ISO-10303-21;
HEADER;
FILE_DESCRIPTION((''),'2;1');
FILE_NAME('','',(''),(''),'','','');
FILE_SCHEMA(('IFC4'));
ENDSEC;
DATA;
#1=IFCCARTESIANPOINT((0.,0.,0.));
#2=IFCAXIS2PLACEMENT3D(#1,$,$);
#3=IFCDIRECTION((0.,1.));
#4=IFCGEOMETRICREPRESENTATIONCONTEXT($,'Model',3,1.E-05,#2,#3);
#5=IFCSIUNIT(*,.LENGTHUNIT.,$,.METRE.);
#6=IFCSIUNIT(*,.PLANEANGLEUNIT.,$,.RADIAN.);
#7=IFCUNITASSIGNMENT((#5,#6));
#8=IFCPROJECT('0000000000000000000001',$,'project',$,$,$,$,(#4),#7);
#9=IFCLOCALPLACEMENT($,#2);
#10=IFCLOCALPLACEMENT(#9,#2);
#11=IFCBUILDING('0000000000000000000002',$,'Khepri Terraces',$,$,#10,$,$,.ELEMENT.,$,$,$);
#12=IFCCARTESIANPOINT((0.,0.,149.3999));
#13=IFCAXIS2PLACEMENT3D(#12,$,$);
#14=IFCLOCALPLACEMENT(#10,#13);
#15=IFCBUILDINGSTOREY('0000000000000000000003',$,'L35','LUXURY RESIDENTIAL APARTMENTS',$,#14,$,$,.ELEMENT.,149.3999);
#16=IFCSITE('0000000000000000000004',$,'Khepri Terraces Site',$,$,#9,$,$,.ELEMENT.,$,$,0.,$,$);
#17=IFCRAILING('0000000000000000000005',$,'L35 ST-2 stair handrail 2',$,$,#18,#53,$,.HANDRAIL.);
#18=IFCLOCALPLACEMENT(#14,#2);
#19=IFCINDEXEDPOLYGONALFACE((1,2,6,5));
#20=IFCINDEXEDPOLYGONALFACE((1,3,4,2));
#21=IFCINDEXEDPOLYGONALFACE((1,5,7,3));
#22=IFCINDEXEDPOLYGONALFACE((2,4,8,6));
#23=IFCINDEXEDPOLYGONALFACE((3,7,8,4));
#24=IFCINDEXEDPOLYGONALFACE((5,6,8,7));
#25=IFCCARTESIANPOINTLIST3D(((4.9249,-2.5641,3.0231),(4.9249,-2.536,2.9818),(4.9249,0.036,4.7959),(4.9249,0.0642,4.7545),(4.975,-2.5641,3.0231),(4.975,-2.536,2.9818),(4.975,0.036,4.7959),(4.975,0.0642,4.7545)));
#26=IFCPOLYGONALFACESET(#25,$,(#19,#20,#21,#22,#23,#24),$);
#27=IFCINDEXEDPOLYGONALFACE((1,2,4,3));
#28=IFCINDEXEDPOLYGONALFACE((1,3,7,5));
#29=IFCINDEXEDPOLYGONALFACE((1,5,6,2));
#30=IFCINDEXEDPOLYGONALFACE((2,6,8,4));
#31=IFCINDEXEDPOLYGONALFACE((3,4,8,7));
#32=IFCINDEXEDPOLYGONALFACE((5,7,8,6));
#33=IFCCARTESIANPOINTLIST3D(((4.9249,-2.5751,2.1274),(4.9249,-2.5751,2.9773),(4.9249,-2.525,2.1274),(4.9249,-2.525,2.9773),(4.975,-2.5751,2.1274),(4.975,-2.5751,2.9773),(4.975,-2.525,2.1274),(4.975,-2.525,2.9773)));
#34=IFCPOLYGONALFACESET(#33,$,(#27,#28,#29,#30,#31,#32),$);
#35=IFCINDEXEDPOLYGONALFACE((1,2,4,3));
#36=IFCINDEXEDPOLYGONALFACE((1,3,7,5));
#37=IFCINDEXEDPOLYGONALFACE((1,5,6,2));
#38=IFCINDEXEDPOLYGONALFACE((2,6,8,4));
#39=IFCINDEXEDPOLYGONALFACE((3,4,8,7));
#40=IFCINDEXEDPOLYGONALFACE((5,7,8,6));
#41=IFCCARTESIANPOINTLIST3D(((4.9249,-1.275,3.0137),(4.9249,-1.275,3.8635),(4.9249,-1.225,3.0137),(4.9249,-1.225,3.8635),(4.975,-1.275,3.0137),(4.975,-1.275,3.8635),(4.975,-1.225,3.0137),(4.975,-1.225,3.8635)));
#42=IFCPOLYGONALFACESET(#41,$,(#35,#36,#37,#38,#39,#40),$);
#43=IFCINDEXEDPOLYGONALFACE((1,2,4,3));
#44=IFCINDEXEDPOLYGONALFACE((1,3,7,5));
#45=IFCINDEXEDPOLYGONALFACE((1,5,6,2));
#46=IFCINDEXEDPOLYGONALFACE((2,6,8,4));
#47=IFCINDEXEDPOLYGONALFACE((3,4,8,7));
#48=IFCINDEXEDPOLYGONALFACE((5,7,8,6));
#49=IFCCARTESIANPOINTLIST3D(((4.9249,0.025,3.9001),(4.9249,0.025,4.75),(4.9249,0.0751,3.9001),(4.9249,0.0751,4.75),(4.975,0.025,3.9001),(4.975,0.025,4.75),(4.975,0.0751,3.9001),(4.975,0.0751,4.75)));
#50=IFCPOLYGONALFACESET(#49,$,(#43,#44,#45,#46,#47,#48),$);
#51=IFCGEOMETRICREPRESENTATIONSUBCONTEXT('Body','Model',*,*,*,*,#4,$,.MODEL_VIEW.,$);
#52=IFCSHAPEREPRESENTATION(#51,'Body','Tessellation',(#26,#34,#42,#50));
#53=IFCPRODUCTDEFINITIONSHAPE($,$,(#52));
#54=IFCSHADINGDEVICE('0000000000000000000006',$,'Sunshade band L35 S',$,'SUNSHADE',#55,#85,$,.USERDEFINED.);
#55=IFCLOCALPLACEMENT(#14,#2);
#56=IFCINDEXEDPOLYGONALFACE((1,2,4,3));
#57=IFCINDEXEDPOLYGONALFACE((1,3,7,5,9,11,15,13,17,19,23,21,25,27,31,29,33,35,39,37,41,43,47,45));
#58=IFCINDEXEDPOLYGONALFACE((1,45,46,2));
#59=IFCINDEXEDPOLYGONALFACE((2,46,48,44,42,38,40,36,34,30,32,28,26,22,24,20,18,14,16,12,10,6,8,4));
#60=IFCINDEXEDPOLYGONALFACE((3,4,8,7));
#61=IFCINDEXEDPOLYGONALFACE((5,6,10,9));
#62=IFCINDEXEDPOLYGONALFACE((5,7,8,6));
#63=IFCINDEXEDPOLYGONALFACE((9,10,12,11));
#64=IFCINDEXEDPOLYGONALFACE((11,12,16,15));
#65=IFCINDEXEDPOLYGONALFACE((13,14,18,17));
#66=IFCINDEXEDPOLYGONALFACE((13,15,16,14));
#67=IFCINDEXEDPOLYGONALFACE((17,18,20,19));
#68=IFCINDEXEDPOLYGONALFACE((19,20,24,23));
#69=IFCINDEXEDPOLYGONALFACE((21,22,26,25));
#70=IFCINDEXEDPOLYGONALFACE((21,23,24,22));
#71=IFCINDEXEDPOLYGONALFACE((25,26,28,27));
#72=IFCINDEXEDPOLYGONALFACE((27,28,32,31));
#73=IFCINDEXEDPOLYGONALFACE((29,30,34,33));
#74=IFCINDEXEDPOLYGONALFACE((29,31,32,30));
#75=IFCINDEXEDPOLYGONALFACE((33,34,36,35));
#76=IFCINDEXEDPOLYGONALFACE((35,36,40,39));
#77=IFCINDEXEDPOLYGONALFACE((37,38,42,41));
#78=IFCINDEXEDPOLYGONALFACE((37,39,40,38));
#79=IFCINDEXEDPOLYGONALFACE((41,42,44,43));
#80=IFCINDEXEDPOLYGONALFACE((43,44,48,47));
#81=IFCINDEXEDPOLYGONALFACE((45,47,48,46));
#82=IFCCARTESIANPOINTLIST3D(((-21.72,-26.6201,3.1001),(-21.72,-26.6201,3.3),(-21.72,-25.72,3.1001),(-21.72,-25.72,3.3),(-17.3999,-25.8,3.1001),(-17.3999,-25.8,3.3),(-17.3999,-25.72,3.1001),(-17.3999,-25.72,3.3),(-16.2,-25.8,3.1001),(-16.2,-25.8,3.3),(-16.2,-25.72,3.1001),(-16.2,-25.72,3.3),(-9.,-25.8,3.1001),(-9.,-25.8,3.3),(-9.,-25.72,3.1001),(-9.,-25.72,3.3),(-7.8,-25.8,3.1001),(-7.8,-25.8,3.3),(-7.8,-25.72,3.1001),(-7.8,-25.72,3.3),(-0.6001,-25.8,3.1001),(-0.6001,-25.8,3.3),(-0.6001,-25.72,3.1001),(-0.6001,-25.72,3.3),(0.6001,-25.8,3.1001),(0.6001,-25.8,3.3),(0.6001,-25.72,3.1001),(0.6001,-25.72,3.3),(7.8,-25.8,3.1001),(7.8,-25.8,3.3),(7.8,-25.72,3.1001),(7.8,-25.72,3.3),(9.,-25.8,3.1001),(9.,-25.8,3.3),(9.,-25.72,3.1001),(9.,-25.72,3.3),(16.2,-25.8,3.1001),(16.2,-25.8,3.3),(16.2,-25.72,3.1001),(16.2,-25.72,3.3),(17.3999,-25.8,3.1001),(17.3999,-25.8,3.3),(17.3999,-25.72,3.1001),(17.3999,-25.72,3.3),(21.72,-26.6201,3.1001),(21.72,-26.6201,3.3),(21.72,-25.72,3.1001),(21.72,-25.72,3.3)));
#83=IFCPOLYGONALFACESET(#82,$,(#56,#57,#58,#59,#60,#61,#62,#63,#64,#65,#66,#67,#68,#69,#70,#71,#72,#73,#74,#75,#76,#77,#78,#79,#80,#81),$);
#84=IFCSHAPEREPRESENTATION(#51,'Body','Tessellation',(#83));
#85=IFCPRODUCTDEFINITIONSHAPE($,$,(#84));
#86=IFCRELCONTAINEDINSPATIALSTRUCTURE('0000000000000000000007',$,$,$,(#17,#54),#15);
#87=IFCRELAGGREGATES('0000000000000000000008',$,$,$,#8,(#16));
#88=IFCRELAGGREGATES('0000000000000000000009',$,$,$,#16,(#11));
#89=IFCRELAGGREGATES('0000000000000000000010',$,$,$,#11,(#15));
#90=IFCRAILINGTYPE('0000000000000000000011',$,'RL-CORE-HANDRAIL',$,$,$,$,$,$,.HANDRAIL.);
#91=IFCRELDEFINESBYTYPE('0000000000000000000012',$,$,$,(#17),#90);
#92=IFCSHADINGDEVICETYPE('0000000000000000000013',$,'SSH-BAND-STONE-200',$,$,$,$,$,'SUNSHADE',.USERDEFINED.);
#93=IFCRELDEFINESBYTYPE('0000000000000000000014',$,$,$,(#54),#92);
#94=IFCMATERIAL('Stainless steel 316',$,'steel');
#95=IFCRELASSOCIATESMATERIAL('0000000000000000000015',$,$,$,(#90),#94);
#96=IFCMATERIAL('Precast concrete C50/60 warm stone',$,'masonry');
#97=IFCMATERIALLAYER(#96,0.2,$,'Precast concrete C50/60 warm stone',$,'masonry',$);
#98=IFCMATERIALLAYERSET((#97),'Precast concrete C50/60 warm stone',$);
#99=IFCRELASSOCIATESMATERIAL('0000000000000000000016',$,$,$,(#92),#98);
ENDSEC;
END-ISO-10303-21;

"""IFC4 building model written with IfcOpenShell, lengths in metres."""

from ifc_helpers import new_model, si_unit, direction, frame, origin, origin_2d, place, context, subcontext, project, spatial, polyline, rectangle, outline, extrude, material, layer, layer_set, type_object, element, save


model = new_model("IFC4")

# Units and contexts
model_context = context("Model", 3, precision=1e-05, world=origin(), true_north=direction((0.0, 1.0)))
body_context = subcontext(model_context, "Body", "Model", "MODEL_VIEW")
ifc_project = project(units=[si_unit("LENGTHUNIT", "METRE"), si_unit("PLANEANGLEUNIT", "RADIAN")], contexts=[model_context])

# Site, building, storey
site_placement = place(None, origin())
site = spatial("IfcSite", under=ifc_project, at=site_placement, Name="Khepri Terraces Site", CompositionType="ELEMENT", RefElevation=0.0)
building_placement = place(site_placement, origin())
building = spatial("IfcBuilding", under=site, at=building_placement, Name="Khepri Terraces", CompositionType="ELEMENT")
storey_placement = place(building_placement, frame((0.0, 0.0, 149.3999)))
storey = spatial("IfcBuildingStorey", under=building, at=storey_placement, Name="L35", Description="LUXURY RESIDENTIAL APARTMENTS", CompositionType="ELEMENT", Elevation=149.3999)

# Shared definitions
ifc_material_1 = material(Name="Precast concrete C50/60 warm stone", Category="masonry")

# Railing
ifc_material_2 = material(Name="Stainless steel 316", Category="steel")
railing_type_1 = type_object("IfcRailingType", Name="RL-CORE-HANDRAIL", PredefinedType="HANDRAIL", material=ifc_material_2)
railing_1_placement = place(storey_placement, frame((4.95, -2.55, 2.1274)))
element("IfcRailing", 1, at=railing_1_placement, inside=storey, type_object=railing_type_1, Name="L35 ST-2 stair handrail 2", PredefinedType="HANDRAIL", context=body_context, shape_type="SweptSolid", body=[
    extrude(rectangle(XDim=0.05, YDim=0.05, at=origin_2d()), frame((0.0, 0.0, 0.875), z_axis=(0.0, 0.82624, 0.563318), x_axis=(-1.0, 0.0, 0.0)), (0.0, 0.0, 1.0), 3.147),
    extrude(rectangle(XDim=0.05, YDim=0.05, at=origin_2d()), origin(), (0.0, 0.0, 1.0), 0.8499),
    extrude(rectangle(XDim=0.05, YDim=0.05, at=origin_2d()), frame((0.0, 1.3, 0.8862)), (0.0, 0.0, 1.0), 0.8499),
    extrude(rectangle(XDim=0.05, YDim=0.05, at=origin_2d()), frame((0.0, 2.6001, 1.7727)), (0.0, 0.0, 1.0), 0.8499),
])

# Shading device
ifc_layer_1 = layer(ifc_material_1, 0.2, Name="Precast concrete C50/60 warm stone", Category="masonry")
ifc_layer_set_1 = layer_set([ifc_layer_1], Name="Precast concrete C50/60 warm stone")
shading_device_type = type_object("IfcShadingDeviceType", Name="SSH-BAND-STONE-200", ElementType="SUNSHADE", PredefinedType="USERDEFINED", material=ifc_layer_set_1)
shading_device_placement = place(storey_placement, frame((0.0, 0.0, 3.1001)))
element("IfcShadingDevice", 2, at=shading_device_placement, inside=storey, type_object=shading_device_type, Name="Sunshade band L35 S", ObjectType="SUNSHADE", PredefinedType="USERDEFINED", context=body_context, shape_type="SweptSolid", body=[
    extrude(outline(polyline([(-17.3999, -25.72), (-21.72, -25.72), (-21.72, -26.6201), (21.72, -26.6201), (21.72, -25.72), (17.3999, -25.72), (17.3999, -25.8), (16.2, -25.8), (16.2, -25.72), (9.0, -25.72), (9.0, -25.8), (7.8, -25.8), (7.8, -25.72), (0.6001, -25.72), (0.6001, -25.8), (-0.6001, -25.8), (-0.6001, -25.72), (-7.8, -25.72), (-7.8, -25.8), (-9.0, -25.8), (-9.0, -25.72), (-16.2, -25.72), (-16.2, -25.8), (-17.3999, -25.8), (-17.3999, -25.72)])), origin(), (0.0, 0.0, 1.0), 0.2),
])

save(model, "model.ifc")
